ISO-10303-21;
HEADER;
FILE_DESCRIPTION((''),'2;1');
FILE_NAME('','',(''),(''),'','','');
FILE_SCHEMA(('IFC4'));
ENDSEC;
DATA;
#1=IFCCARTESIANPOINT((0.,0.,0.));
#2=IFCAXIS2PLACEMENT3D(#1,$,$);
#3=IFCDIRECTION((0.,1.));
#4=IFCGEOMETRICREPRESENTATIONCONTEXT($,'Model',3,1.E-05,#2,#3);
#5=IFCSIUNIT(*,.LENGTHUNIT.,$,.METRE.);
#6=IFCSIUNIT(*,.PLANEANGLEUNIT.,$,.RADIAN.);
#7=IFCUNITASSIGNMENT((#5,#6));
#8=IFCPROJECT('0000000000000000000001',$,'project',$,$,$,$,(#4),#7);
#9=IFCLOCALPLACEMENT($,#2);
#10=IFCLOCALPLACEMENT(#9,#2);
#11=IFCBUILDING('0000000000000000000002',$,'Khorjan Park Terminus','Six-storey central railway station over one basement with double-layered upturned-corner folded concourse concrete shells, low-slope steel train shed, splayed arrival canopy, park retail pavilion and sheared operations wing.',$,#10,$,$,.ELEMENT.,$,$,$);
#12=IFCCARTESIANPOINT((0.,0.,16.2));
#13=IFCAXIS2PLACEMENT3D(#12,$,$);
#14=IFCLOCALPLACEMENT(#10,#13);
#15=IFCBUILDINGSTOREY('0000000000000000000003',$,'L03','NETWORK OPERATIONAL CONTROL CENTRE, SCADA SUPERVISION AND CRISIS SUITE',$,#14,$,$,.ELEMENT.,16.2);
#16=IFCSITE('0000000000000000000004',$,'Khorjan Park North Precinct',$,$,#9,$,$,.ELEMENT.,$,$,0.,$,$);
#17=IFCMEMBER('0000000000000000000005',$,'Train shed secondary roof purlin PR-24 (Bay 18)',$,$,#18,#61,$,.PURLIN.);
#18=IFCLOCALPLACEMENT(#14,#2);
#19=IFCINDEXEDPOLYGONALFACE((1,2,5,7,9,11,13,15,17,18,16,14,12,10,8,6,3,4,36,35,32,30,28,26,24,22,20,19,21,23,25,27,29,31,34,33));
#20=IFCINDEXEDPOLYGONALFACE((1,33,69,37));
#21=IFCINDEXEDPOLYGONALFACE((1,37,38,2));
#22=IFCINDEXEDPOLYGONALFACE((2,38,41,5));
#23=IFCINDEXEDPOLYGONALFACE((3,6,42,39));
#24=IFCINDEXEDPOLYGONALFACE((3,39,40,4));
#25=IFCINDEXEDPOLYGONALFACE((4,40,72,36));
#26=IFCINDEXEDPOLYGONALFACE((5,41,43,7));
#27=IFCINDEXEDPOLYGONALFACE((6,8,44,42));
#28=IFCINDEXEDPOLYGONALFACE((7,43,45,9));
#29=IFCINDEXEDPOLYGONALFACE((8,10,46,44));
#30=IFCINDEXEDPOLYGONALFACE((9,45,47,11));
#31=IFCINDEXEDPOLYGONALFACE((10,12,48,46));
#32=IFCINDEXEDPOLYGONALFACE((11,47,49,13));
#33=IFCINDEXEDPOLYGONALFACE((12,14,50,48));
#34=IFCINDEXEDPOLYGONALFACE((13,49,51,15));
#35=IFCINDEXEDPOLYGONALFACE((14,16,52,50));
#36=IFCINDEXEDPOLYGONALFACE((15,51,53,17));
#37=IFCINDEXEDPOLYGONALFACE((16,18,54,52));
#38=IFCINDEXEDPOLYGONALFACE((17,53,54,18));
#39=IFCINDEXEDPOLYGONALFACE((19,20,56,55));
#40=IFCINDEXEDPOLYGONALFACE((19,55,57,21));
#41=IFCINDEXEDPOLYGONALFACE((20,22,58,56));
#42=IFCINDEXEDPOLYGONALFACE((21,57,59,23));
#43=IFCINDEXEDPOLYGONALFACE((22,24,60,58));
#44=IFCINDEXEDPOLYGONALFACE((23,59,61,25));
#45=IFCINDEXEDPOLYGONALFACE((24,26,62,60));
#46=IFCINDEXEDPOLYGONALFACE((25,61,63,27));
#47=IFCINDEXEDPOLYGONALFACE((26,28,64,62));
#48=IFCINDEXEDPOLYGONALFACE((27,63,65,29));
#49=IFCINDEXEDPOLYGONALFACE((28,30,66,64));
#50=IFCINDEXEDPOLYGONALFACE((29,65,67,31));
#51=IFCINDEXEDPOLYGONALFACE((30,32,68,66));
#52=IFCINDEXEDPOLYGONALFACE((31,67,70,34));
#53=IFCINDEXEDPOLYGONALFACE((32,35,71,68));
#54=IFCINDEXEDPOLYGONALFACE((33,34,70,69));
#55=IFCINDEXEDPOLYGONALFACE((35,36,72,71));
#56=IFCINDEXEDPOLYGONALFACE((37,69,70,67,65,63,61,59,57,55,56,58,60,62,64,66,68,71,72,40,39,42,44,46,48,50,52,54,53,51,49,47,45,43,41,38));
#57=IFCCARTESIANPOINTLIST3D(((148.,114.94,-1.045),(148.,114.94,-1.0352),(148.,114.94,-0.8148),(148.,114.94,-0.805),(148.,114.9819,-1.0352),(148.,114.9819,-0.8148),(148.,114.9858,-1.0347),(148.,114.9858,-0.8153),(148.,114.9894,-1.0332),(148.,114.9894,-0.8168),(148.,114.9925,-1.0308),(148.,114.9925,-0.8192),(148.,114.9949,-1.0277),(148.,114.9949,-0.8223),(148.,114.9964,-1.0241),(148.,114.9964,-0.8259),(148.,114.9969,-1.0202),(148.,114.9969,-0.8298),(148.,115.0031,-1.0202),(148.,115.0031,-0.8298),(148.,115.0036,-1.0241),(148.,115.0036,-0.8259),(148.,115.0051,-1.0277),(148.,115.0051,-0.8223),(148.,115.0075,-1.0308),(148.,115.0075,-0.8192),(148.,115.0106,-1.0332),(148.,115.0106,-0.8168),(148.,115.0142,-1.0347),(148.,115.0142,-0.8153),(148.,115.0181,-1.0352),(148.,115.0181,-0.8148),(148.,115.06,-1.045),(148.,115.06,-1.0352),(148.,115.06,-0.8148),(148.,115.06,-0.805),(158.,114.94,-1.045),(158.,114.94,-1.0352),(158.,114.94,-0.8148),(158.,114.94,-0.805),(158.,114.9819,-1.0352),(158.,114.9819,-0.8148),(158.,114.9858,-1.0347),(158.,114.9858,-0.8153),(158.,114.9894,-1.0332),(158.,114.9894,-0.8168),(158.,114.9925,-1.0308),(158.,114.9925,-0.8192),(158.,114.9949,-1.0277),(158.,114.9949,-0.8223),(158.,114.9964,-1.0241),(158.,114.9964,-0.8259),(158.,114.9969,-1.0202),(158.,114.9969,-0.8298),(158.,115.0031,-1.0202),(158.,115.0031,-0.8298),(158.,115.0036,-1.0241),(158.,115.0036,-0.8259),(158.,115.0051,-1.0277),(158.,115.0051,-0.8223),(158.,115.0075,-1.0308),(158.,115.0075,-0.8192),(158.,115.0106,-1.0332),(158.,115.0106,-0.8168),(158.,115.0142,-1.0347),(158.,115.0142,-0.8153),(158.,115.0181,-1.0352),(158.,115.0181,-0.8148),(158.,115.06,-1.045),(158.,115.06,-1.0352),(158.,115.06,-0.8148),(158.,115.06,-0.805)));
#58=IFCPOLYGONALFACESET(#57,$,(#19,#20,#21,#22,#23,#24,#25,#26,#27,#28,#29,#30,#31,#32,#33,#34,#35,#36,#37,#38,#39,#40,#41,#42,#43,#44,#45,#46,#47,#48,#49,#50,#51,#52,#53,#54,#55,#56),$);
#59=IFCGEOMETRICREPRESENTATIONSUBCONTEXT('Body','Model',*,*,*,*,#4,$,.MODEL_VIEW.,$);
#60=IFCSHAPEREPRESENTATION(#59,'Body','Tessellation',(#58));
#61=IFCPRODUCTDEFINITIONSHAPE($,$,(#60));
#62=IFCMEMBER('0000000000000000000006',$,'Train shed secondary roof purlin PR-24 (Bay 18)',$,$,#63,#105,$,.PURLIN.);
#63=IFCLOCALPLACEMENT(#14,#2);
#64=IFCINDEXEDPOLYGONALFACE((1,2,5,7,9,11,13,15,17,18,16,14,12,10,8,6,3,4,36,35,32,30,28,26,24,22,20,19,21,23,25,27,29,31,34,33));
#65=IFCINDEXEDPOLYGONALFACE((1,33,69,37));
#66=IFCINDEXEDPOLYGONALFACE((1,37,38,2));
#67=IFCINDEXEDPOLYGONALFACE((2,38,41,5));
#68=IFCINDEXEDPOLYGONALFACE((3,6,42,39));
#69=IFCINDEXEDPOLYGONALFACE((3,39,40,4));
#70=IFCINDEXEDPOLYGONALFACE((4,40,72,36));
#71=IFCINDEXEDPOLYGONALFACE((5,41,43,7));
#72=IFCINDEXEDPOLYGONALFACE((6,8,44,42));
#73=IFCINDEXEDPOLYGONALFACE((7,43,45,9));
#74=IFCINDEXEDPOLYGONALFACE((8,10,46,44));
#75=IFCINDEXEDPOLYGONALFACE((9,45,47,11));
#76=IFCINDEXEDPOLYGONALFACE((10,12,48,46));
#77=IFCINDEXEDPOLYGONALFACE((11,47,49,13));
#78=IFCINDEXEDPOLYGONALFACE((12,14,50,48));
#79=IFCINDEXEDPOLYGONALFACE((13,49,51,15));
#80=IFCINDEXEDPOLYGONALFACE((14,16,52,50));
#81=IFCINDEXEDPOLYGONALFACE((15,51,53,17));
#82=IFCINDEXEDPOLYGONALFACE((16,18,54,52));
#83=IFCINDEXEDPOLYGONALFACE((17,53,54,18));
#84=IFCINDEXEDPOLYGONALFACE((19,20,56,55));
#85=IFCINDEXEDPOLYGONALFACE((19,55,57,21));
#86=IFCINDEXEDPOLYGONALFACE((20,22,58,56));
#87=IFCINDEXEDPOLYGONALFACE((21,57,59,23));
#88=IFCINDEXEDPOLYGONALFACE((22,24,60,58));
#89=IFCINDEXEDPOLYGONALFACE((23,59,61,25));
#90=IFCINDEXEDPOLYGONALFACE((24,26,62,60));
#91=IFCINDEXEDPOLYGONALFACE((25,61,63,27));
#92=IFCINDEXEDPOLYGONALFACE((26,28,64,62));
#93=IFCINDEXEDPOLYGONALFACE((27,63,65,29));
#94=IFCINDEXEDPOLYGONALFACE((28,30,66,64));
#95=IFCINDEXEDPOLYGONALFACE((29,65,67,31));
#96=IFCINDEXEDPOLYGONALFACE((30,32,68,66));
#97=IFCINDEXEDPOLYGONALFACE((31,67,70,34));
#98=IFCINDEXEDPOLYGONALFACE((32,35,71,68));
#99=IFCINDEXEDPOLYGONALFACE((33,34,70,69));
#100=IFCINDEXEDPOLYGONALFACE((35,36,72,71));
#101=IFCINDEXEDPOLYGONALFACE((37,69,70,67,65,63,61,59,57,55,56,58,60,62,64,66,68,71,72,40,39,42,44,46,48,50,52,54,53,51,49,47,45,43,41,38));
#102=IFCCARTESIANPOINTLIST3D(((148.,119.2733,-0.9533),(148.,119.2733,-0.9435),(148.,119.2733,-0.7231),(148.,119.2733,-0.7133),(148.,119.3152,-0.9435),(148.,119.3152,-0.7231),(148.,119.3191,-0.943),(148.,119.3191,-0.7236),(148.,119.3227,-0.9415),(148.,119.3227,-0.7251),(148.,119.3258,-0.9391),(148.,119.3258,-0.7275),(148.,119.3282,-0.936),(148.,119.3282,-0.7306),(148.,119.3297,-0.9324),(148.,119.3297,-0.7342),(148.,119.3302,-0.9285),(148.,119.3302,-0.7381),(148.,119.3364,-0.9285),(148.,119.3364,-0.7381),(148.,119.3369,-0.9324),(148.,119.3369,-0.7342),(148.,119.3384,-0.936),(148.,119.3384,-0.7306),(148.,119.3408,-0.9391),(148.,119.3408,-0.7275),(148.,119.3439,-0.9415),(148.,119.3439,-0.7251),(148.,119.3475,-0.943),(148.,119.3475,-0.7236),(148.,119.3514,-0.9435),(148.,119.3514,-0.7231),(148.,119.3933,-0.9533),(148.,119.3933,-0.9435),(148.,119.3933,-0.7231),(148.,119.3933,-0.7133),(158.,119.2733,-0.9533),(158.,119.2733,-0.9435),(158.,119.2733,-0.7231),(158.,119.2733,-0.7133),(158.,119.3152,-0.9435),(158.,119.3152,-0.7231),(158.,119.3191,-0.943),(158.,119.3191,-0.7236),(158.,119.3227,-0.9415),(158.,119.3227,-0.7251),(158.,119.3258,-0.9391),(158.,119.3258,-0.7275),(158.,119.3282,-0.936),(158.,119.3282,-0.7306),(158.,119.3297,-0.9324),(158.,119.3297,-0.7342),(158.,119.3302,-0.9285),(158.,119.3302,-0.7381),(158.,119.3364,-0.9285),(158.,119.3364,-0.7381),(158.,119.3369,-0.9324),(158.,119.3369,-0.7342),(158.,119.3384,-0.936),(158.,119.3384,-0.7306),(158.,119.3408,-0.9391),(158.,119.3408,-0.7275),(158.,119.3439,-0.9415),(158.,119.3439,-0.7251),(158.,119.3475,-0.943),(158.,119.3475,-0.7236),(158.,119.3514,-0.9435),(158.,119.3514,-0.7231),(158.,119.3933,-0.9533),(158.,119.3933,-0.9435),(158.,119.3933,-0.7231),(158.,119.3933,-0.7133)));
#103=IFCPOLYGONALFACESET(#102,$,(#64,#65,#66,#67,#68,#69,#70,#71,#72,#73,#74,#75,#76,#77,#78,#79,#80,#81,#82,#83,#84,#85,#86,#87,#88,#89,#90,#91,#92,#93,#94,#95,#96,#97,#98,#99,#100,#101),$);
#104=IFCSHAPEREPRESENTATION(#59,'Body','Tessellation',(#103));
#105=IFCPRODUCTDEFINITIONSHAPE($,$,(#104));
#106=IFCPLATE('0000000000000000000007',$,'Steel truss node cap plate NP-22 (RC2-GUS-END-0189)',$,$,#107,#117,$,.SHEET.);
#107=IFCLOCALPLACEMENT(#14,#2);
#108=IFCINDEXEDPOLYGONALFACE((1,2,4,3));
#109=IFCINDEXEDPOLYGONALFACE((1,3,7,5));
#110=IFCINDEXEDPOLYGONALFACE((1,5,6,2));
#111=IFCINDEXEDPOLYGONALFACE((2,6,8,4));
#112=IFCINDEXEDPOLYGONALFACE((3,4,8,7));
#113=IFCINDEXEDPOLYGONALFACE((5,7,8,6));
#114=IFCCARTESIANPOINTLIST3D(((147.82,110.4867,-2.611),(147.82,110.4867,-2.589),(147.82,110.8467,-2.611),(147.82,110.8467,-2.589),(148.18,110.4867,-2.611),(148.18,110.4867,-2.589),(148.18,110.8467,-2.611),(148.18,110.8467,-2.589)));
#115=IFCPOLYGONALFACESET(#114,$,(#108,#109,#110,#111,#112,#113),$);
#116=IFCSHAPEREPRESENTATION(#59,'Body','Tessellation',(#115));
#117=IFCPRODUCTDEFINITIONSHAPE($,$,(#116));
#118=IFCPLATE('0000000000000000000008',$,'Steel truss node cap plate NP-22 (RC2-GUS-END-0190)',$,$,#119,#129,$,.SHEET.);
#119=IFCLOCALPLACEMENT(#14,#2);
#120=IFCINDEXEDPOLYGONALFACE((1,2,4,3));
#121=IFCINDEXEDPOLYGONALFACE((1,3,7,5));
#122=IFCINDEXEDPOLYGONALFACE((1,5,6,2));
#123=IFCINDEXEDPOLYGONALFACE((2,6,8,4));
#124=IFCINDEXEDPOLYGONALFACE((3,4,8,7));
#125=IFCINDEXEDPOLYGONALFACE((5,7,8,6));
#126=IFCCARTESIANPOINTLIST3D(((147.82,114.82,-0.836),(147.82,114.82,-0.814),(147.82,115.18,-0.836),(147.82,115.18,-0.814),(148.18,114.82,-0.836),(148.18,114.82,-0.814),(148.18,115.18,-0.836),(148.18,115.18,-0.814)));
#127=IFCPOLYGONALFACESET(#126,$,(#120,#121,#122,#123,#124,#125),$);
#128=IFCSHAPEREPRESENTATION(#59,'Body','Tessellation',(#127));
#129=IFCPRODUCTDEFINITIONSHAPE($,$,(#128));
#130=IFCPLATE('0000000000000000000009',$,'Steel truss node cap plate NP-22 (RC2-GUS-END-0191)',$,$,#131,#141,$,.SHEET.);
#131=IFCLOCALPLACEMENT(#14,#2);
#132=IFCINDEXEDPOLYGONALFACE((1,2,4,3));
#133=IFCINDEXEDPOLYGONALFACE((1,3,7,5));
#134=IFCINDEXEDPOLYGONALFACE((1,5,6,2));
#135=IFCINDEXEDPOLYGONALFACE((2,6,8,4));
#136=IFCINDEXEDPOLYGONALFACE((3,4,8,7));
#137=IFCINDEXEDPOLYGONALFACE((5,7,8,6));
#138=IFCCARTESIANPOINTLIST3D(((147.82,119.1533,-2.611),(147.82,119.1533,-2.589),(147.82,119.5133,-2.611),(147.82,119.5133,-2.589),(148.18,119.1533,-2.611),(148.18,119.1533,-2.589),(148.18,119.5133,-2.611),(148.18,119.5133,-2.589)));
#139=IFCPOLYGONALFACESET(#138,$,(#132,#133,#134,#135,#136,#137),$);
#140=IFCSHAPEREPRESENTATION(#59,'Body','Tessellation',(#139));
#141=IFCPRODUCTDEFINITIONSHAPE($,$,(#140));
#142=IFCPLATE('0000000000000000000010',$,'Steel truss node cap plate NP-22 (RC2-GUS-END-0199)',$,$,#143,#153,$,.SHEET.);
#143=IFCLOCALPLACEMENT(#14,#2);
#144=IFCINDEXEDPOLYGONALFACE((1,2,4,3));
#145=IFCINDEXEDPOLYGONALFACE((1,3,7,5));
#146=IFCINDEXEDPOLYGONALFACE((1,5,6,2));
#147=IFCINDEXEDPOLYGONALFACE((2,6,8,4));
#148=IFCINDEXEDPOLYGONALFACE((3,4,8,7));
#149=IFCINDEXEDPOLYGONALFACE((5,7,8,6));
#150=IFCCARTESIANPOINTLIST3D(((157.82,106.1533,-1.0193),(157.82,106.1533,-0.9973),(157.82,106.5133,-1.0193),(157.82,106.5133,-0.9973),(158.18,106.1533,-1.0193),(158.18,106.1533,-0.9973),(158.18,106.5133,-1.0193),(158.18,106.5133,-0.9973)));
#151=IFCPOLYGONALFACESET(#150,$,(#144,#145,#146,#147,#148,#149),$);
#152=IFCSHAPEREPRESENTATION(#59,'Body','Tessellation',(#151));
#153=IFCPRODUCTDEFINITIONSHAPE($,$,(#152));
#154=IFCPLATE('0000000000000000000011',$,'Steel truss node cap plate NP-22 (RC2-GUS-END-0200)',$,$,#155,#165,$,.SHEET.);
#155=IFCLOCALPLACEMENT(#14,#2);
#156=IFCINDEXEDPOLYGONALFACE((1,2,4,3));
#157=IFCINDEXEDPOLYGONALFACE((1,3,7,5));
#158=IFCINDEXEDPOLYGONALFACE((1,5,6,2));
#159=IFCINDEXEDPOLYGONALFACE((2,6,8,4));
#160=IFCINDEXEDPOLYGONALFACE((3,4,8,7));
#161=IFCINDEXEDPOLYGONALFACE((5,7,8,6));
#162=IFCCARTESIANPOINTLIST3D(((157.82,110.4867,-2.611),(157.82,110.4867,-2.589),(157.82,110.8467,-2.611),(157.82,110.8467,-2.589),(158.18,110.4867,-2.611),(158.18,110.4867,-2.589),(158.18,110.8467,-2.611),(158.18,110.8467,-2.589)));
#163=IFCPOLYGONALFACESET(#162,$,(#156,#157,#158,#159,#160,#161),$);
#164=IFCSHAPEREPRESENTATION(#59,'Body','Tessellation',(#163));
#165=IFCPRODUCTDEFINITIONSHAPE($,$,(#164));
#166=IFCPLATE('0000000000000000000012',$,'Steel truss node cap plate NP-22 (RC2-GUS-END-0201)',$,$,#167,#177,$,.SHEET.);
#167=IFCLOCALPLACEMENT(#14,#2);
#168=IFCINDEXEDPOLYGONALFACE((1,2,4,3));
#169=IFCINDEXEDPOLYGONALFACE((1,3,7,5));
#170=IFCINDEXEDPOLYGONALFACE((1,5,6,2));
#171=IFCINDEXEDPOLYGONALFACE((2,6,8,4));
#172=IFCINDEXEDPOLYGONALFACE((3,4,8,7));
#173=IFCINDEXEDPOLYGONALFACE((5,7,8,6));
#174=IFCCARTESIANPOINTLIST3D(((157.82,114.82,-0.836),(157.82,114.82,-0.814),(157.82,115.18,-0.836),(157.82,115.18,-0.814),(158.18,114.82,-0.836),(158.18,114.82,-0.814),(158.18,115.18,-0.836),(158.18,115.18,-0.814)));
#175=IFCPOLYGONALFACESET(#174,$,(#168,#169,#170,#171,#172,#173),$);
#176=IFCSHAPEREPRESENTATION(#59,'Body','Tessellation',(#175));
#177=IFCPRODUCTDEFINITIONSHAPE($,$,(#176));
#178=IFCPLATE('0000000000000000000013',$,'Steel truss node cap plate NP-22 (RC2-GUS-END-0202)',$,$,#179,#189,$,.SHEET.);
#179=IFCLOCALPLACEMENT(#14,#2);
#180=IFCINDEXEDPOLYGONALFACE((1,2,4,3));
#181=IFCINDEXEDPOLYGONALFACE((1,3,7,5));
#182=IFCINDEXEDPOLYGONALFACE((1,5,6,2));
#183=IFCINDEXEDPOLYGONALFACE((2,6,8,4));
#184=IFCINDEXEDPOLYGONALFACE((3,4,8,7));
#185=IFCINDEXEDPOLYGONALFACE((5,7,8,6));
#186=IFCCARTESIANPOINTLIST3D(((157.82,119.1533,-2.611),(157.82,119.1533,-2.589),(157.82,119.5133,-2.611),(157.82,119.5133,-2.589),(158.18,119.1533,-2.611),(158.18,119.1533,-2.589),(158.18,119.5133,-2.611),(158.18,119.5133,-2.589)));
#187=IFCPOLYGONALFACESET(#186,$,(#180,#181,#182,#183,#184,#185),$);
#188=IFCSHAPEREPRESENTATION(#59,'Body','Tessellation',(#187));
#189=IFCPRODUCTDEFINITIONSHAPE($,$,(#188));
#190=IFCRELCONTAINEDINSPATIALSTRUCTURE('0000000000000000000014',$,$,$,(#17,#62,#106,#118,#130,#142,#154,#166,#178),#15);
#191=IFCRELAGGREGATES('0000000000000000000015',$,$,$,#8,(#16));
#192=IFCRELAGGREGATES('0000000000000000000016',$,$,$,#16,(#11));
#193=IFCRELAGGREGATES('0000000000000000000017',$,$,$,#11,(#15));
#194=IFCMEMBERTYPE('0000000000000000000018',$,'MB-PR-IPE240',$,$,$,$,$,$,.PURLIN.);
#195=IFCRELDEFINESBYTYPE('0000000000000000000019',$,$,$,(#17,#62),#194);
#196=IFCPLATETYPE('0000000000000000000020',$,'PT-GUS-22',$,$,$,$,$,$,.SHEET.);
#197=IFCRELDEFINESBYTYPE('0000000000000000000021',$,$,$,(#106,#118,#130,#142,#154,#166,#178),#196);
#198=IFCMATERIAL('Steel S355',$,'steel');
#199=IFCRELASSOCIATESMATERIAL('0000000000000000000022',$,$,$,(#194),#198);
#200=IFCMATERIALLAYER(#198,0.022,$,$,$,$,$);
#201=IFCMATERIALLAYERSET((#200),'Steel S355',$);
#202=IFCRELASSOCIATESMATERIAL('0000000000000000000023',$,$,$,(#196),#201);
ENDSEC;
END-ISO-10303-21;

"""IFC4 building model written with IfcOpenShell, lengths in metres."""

from ifc_helpers import new_model, si_unit, direction, frame, origin, origin_2d, place, context, subcontext, project, spatial, rectangle, i_section, extrude, material, layer, layer_set, material_profile, profile_set, type_object, element, save


model = new_model("IFC4")

# Units and contexts
model_context = context("Model", 3, precision=1e-05, world=origin(), true_north=direction((0.0, 1.0)))
body_context = subcontext(model_context, "Body", "Model", "MODEL_VIEW")
ifc_project = project(units=[si_unit("LENGTHUNIT", "METRE"), si_unit("PLANEANGLEUNIT", "RADIAN")], contexts=[model_context])

# Site, building, storey
site_placement = place(None, origin())
site = spatial("IfcSite", under=ifc_project, at=site_placement, Name="Khorjan Park North Precinct", CompositionType="ELEMENT", RefElevation=0.0)
building_placement = place(site_placement, origin())
building = spatial("IfcBuilding", under=site, at=building_placement, Name="Khorjan Park Terminus", Description="Six-storey central railway station over one basement with double-layered upturned-corner folded concourse concrete shells, low-slope steel train shed, splayed arrival canopy, park retail pavilion and sheared operations wing.", CompositionType="ELEMENT")
storey_placement = place(building_placement, frame((0.0, 0.0, 16.2)))
storey = spatial("IfcBuildingStorey", under=building, at=storey_placement, Name="L03", Description="NETWORK OPERATIONAL CONTROL CENTRE, SCADA SUPERVISION AND CRISIS SUITE", CompositionType="ELEMENT", Elevation=16.2)

# Members
ifc_material = material(Name="Steel S355", Category="steel")
ifc_material_profile_1 = material_profile(ifc_material, i_section(OverallWidth=0.12, OverallDepth=0.24, WebThickness=0.0062, FlangeThickness=0.0098, FilletRadius=0.015, at=origin_2d()), Name="IPE 240")
ifc_profile_set_1 = profile_set([ifc_material_profile_1], Name="Steel S355")
member_type_1 = type_object("IfcMemberType", Name="MB-PR-IPE240", PredefinedType="PURLIN", material=ifc_profile_set_1)
for number, where, z_axis, x_axis, name in (
    (1, (148.0, 115.0, -0.925), (1.0, 0.0, 0.0), (0.0, 1.0, 0.0), "Train shed secondary roof purlin PR-24 (Bay 18)"),
    (2, (148.0, 119.3333, -0.8333), (1.0, 0.0, 0.0), (0.0, 1.0, 0.0), "Train shed secondary roof purlin PR-24 (Bay 18)"),
):
    element("IfcMember", number, at=place(storey_placement, frame(where, z_axis=z_axis, x_axis=x_axis)), inside=storey, type_object=member_type_1, Name=name, PredefinedType="PURLIN", context=body_context, shape_type="SweptSolid", body=[
        extrude(i_section(OverallWidth=0.12, OverallDepth=0.24, WebThickness=0.0062, FlangeThickness=0.0098, FilletRadius=0.015, at=origin_2d()), origin(), (0.0, 0.0, 1.0), 10.0),
    ])

# Plates
ifc_layer = layer(ifc_material, 0.022)
ifc_layer_set = layer_set([ifc_layer], Name="Steel S355")
plate_type = type_object("IfcPlateType", Name="PT-GUS-22", PredefinedType="SHEET", material=ifc_layer_set)
for number, where, z_axis, x_axis, name in (
    (3, (148.0, 110.6667, -2.611), (0.0, 0.0, 1.0), (1.0, 0.0, 0.0), "Steel truss node cap plate NP-22 (RC2-GUS-END-0189)"),
    (4, (148.0, 115.0, -0.836), (0.0, 0.0, 1.0), (1.0, 0.0, 0.0), "Steel truss node cap plate NP-22 (RC2-GUS-END-0190)"),
    (5, (148.0, 119.3333, -2.611), (0.0, 0.0, 1.0), (1.0, 0.0, 0.0), "Steel truss node cap plate NP-22 (RC2-GUS-END-0191)"),
    (6, (158.0, 106.3333, -1.0193), (0.0, 0.0, 1.0), (1.0, 0.0, 0.0), "Steel truss node cap plate NP-22 (RC2-GUS-END-0199)"),
    (7, (158.0, 110.6667, -2.611), (0.0, 0.0, 1.0), (1.0, 0.0, 0.0), "Steel truss node cap plate NP-22 (RC2-GUS-END-0200)"),
    (8, (158.0, 115.0, -0.836), (0.0, 0.0, 1.0), (1.0, 0.0, 0.0), "Steel truss node cap plate NP-22 (RC2-GUS-END-0201)"),
    (9, (158.0, 119.3333, -2.611), (0.0, 0.0, 1.0), (1.0, 0.0, 0.0), "Steel truss node cap plate NP-22 (RC2-GUS-END-0202)"),
):
    element("IfcPlate", number, at=place(storey_placement, frame(where, z_axis=z_axis, x_axis=x_axis)), inside=storey, type_object=plate_type, Name=name, PredefinedType="SHEET", context=body_context, shape_type="SweptSolid", body=[
        extrude(rectangle(XDim=0.36, YDim=0.36, at=origin_2d()), origin(), (0.0, 0.0, 1.0), 0.022),
    ])

save(model, "model.ifc")
